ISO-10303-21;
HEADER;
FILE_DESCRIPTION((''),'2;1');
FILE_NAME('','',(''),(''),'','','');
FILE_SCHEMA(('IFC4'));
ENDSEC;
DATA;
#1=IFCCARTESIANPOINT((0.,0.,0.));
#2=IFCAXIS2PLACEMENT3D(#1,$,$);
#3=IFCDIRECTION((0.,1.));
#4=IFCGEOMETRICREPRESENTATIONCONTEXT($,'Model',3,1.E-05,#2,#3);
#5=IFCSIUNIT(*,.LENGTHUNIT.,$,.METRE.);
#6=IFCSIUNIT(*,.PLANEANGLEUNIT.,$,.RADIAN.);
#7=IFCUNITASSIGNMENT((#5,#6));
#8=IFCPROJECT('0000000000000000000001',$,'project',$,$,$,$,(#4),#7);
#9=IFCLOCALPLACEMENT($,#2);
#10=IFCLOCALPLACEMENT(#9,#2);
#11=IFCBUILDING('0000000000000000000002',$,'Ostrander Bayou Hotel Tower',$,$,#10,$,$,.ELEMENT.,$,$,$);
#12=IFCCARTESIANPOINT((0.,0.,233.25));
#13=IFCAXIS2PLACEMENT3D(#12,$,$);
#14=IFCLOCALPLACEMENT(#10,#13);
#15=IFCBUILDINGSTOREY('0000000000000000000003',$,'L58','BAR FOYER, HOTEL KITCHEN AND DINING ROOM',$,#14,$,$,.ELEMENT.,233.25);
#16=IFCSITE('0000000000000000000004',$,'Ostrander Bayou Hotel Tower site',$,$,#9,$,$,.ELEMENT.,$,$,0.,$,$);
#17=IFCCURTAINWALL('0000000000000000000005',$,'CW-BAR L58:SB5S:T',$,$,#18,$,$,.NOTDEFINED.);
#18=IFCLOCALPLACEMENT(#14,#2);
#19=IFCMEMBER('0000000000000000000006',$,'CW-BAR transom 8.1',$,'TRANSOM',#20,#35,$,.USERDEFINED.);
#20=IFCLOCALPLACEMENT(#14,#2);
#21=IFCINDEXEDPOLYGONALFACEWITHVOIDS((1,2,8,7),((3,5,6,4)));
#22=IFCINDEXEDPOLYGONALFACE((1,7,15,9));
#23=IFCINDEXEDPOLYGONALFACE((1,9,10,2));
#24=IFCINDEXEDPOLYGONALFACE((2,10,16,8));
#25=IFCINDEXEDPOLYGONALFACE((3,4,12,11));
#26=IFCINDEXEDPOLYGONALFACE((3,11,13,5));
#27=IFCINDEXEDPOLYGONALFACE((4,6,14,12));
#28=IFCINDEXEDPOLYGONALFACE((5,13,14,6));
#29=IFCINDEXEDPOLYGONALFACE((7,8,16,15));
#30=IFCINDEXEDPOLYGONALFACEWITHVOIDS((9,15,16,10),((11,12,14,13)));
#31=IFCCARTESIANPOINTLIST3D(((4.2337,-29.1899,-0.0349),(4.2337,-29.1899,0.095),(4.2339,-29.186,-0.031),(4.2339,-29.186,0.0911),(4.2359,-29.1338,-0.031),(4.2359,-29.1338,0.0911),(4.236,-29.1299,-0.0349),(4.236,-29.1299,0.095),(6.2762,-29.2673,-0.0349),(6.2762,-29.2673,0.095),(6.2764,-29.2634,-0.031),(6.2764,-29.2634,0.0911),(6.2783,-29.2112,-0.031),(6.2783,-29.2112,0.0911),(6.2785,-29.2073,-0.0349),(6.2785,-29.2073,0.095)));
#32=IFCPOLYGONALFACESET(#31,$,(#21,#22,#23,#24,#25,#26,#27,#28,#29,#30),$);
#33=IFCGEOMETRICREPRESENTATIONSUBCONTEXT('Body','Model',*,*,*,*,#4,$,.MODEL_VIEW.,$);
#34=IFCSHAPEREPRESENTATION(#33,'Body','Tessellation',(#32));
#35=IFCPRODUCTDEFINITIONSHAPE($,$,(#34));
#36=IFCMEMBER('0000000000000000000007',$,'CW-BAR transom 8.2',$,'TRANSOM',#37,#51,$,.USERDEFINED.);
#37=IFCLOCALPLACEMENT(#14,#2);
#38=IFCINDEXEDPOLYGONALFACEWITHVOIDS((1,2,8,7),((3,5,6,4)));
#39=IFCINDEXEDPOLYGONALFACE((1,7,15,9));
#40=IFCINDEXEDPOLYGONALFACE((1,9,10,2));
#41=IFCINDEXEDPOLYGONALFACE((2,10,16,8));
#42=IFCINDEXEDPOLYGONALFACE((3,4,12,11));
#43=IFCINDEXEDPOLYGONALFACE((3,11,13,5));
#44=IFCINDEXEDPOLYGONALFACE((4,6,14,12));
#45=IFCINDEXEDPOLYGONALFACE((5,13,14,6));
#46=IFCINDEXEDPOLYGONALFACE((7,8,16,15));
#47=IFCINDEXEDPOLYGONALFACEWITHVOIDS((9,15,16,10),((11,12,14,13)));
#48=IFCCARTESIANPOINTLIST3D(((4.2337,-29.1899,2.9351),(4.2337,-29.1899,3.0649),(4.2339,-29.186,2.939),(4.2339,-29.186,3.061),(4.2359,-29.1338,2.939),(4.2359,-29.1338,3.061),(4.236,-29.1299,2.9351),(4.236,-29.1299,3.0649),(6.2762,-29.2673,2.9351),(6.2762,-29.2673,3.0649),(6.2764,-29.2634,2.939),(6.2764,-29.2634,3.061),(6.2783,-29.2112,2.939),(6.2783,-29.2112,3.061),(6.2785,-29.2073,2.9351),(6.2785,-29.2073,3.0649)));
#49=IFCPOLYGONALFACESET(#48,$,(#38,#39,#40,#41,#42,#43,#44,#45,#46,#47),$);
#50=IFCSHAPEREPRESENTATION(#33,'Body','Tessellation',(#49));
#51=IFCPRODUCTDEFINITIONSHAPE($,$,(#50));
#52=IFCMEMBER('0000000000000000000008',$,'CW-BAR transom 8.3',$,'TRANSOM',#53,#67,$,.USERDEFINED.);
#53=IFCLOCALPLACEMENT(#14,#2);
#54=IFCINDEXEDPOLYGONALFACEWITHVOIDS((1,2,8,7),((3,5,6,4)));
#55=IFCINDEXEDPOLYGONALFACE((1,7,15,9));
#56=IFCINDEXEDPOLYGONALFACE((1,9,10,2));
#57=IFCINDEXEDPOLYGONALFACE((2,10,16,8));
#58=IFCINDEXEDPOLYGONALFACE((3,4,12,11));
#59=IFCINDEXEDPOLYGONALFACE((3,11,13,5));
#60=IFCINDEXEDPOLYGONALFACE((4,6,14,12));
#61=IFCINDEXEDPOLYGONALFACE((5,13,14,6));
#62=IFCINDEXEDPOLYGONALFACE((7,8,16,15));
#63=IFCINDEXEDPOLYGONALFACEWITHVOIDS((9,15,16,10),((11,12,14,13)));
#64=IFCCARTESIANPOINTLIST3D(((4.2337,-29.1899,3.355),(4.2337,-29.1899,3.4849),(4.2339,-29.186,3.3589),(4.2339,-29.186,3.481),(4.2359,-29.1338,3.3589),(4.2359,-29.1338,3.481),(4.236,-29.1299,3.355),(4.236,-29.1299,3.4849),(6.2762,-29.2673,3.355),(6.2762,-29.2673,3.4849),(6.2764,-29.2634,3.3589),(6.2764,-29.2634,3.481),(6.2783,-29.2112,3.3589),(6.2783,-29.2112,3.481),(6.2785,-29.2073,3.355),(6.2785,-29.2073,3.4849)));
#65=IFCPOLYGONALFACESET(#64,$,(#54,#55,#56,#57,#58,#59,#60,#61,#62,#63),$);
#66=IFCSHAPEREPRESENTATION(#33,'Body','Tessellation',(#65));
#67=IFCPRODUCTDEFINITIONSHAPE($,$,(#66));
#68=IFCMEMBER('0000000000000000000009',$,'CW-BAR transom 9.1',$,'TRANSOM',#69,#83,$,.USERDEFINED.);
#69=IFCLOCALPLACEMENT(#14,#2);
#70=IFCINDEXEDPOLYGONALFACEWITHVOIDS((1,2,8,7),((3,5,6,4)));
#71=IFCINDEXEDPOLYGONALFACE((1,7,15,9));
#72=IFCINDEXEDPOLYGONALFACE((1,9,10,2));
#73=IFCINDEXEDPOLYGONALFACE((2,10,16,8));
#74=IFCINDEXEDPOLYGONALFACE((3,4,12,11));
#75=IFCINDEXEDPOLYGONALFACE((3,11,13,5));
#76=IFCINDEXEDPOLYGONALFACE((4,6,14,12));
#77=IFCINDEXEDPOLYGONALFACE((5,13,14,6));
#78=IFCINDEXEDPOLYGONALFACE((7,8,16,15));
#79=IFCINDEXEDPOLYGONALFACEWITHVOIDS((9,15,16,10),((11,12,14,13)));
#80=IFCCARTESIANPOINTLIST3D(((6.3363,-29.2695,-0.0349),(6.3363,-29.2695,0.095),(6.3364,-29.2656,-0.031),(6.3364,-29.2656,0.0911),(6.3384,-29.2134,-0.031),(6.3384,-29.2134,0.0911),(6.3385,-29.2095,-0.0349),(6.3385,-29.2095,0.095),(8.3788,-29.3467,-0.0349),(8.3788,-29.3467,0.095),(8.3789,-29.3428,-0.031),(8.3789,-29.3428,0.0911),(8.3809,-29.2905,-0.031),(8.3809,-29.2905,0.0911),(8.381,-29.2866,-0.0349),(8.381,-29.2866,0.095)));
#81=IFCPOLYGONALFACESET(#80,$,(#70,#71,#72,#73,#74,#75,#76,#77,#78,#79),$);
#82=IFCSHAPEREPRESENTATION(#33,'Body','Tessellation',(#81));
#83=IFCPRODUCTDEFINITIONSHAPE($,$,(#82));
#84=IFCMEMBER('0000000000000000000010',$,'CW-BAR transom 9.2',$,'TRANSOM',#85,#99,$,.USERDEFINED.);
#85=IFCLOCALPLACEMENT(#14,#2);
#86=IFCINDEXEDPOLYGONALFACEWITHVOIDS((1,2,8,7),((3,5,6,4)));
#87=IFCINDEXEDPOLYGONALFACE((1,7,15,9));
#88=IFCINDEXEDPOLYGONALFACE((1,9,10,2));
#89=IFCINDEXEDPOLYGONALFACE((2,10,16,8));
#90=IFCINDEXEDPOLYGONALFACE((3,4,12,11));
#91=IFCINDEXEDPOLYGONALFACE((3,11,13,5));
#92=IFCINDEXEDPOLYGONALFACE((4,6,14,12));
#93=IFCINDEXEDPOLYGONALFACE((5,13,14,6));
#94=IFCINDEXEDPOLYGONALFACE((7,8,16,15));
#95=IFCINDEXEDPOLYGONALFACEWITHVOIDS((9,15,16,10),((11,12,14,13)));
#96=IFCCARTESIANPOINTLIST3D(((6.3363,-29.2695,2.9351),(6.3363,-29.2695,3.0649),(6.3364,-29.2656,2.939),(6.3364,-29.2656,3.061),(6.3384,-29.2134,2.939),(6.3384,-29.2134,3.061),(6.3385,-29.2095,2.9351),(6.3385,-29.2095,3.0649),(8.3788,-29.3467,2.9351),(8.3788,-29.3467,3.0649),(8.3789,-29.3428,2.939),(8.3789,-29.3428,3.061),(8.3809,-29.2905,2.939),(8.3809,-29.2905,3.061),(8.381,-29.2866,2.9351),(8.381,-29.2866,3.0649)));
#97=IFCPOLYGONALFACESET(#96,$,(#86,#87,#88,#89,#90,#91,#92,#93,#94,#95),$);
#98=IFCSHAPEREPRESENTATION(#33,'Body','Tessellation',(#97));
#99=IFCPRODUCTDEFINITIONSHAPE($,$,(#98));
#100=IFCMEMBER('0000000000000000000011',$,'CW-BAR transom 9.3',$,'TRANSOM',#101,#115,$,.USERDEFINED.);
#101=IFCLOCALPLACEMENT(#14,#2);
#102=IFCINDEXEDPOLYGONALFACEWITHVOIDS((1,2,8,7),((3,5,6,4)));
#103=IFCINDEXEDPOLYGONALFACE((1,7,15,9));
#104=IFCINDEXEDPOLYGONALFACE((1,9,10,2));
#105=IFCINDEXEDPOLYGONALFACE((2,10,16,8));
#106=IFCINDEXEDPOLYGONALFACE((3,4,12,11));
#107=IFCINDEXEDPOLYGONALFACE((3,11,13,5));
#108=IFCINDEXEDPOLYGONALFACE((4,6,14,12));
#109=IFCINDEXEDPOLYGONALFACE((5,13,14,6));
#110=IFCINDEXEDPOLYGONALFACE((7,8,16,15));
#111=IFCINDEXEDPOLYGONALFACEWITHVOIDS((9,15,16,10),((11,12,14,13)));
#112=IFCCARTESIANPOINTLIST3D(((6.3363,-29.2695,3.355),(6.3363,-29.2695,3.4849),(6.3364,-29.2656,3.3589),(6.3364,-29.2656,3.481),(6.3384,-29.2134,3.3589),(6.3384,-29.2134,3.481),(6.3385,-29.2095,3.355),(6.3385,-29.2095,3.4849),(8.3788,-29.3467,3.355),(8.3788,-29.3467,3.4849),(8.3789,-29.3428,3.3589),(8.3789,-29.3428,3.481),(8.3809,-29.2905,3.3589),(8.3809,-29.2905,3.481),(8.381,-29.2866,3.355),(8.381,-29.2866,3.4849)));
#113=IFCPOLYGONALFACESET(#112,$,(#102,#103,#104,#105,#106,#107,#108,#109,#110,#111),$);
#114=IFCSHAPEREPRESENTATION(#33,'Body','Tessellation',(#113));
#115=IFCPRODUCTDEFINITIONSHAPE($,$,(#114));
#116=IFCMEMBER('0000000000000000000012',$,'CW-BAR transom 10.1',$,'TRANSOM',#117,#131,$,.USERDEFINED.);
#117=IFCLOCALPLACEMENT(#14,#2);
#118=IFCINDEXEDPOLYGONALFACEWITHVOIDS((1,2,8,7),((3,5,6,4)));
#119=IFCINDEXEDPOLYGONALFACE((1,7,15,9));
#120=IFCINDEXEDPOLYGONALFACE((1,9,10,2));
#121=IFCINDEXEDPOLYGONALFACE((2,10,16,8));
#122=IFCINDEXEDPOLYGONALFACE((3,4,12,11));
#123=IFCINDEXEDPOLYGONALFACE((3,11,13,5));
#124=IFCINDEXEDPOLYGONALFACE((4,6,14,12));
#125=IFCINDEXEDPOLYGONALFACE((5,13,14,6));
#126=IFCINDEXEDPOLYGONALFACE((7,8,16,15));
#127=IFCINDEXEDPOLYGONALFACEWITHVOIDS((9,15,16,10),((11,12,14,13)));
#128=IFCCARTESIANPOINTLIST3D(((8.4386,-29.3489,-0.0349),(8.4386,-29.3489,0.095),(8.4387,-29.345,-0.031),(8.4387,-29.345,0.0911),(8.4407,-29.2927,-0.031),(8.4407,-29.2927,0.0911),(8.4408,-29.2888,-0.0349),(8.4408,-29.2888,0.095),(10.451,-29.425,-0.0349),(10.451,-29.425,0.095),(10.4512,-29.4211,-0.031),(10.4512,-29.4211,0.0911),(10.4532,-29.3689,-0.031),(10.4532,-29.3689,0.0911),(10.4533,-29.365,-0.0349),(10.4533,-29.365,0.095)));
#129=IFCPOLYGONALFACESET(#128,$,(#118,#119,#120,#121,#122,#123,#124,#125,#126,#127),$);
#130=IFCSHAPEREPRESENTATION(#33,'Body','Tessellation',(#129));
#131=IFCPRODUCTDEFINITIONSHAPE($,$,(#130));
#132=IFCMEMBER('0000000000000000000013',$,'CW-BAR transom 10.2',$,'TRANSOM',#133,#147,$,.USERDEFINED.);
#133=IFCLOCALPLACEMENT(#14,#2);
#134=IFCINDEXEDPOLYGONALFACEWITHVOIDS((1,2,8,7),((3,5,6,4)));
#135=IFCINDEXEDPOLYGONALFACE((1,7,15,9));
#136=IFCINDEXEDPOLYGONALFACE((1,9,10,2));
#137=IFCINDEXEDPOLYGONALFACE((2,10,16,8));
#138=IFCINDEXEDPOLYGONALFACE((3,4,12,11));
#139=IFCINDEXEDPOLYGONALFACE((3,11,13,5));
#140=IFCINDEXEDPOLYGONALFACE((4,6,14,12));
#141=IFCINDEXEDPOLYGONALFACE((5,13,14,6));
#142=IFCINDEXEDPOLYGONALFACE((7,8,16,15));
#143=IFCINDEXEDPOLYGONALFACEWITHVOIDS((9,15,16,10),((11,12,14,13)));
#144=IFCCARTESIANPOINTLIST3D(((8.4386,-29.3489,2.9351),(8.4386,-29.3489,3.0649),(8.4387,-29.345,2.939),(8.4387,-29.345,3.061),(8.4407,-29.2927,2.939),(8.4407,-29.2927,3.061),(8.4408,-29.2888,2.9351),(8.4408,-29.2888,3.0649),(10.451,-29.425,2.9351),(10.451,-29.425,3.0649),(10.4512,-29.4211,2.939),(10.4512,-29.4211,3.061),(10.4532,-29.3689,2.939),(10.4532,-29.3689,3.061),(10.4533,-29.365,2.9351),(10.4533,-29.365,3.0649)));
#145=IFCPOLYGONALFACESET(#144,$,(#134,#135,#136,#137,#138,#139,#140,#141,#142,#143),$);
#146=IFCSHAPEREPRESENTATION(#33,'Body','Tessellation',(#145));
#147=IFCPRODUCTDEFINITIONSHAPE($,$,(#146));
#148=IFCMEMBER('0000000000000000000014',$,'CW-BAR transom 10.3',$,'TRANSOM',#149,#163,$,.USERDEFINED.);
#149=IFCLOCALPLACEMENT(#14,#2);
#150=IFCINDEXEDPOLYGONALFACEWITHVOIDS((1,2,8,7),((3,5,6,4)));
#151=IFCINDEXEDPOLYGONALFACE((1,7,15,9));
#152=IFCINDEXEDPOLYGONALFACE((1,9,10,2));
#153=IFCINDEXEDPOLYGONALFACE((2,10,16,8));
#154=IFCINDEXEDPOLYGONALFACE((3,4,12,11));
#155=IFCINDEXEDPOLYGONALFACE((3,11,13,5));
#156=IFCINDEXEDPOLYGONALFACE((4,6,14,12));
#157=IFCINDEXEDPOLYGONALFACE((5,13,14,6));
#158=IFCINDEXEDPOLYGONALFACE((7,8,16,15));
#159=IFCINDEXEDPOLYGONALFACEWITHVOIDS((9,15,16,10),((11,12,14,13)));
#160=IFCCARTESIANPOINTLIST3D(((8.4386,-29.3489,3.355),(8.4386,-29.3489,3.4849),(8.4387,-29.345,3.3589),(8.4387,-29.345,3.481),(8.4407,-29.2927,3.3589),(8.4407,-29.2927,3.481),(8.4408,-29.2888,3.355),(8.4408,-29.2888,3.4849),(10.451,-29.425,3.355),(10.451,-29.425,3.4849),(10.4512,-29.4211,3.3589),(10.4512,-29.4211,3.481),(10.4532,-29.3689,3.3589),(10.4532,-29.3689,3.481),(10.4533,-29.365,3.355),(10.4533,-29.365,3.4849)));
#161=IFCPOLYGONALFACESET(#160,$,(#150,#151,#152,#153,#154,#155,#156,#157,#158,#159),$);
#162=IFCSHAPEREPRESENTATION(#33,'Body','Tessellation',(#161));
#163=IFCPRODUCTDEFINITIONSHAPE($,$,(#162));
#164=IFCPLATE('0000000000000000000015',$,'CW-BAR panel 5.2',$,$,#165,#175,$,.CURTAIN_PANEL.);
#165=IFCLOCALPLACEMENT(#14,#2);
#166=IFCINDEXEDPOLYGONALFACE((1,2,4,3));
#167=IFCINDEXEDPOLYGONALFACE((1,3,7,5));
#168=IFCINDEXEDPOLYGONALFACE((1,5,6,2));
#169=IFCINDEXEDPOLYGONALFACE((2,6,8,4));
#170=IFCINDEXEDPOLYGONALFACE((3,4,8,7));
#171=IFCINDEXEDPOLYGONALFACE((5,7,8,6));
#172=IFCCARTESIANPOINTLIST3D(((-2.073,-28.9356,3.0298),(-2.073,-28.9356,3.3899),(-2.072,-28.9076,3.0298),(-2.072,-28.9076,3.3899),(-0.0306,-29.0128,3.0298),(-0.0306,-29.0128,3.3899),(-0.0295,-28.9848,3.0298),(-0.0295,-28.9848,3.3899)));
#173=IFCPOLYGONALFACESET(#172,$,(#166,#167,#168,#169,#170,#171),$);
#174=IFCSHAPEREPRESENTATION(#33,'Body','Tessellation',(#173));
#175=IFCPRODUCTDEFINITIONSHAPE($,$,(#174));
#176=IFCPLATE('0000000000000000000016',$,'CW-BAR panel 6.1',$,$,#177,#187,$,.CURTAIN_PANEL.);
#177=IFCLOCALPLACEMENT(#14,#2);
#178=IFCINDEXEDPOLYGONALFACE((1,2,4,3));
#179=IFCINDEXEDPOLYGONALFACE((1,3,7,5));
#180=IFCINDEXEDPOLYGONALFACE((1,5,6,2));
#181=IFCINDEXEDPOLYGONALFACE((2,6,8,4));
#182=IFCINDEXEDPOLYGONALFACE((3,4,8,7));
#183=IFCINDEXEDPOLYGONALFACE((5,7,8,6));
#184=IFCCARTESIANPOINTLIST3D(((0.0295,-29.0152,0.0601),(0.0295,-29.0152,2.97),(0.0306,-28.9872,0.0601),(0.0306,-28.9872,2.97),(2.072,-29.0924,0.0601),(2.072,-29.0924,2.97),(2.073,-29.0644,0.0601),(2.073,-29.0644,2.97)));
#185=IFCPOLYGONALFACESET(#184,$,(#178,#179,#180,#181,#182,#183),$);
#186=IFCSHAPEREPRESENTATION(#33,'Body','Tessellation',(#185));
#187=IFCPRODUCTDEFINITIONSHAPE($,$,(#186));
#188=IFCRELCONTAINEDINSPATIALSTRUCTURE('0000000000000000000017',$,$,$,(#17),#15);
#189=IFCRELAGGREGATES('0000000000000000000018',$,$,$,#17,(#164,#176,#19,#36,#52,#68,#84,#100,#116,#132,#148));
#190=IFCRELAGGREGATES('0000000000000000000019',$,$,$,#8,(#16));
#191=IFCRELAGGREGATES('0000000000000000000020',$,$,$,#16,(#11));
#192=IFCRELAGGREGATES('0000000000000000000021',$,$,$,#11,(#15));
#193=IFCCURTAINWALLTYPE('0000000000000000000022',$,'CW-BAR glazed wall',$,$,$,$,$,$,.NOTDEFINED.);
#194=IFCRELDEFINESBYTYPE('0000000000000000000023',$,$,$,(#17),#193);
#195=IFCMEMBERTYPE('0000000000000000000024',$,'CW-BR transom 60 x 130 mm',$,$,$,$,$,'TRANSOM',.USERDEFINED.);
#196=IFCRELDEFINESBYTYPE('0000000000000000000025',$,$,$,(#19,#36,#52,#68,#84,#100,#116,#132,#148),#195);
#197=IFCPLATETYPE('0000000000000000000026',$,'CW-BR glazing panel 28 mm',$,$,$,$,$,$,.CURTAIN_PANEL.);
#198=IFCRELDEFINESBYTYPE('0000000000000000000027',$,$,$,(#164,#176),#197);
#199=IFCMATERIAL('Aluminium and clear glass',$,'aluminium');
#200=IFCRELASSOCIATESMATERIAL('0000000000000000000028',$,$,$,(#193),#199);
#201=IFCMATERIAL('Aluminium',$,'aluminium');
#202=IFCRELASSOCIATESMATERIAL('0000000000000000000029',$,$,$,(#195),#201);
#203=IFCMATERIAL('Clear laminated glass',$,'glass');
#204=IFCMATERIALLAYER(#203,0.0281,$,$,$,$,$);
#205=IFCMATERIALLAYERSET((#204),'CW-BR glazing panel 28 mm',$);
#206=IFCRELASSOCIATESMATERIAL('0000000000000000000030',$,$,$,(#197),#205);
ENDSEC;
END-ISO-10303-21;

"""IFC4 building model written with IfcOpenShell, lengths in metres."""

from ifc_helpers import new_model, si_unit, direction, frame, origin, origin_2d, place, context, subcontext, project, spatial, rectangle, hollow_rectangle, extrude, material, layer, layer_set, material_profile, profile_set, type_object, element, aggregate, save


model = new_model("IFC4")

# Units and contexts
model_context = context("Model", 3, precision=1e-05, world=origin(), true_north=direction((0.0, 1.0)))
body_context = subcontext(model_context, "Body", "Model", "MODEL_VIEW")
ifc_project = project(units=[si_unit("LENGTHUNIT", "METRE"), si_unit("PLANEANGLEUNIT", "RADIAN")], contexts=[model_context])

# Site, building, storey
site_placement = place(None, origin())
site = spatial("IfcSite", under=ifc_project, at=site_placement, Name="Ostrander Bayou Hotel Tower site", CompositionType="ELEMENT", RefElevation=0.0)
building_placement = place(site_placement, origin())
building = spatial("IfcBuilding", under=site, at=building_placement, Name="Ostrander Bayou Hotel Tower", CompositionType="ELEMENT")
storey_placement = place(building_placement, frame((0.0, 0.0, 233.25)))
storey = spatial("IfcBuildingStorey", under=building, at=storey_placement, Name="L58", Description="BAR FOYER, HOTEL KITCHEN AND DINING ROOM", CompositionType="ELEMENT", Elevation=233.25)

# Curtain wall, members, plates
ifc_material_1 = material(Name="Aluminium and clear glass", Category="aluminium")
curtain_wall_type = type_object("IfcCurtainWallType", Name="CW-BAR glazed wall", PredefinedType="NOTDEFINED", material=ifc_material_1)
curtain_wall_placement = place(storey_placement, origin())
curtain_wall = element("IfcCurtainWall", 1, at=curtain_wall_placement, inside=storey, type_object=curtain_wall_type, Name="CW-BAR L58:SB5S:T", PredefinedType="NOTDEFINED")
ifc_material_2 = material(Name="Aluminium", Category="aluminium")
ifc_material_profile_1 = material_profile(ifc_material_2, hollow_rectangle(XDim=0.0601, YDim=0.1299, WallThickness=0.0039, at=origin_2d()))
ifc_profile_set_1 = profile_set([ifc_material_profile_1], Name="Aluminium")
member_type_1 = type_object("IfcMemberType", Name="CW-BR transom 60 x 130 mm", ElementType="TRANSOM", PredefinedType="USERDEFINED", material=ifc_profile_set_1)
member_1_placement = place(storey_placement, frame((4.2349, -29.1599, 0.03), z_axis=(0.999283, -0.037864, 0.0), x_axis=(0.037864, 0.999283, 0.0)))
member_1 = element("IfcMember", 2, at=member_1_placement, type_object=member_type_1, Name="CW-BAR transom 8.1", ObjectType="TRANSOM", PredefinedType="USERDEFINED", context=body_context, shape_type="SweptSolid", body=[
    extrude(hollow_rectangle(XDim=0.0601, YDim=0.1299, WallThickness=0.0039, at=origin_2d()), origin(), (0.0, 0.0, 1.0), 2.0439),
])
member_2_placement = place(storey_placement, frame((4.2349, -29.1599, 3.0), z_axis=(0.999283, -0.037864, 0.0), x_axis=(0.037864, 0.999283, 0.0)))
member_2 = element("IfcMember", 3, at=member_2_placement, type_object=member_type_1, Name="CW-BAR transom 8.2", ObjectType="TRANSOM", PredefinedType="USERDEFINED", context=body_context, shape_type="SweptSolid", body=[
    extrude(hollow_rectangle(XDim=0.0601, YDim=0.1299, WallThickness=0.0039, at=origin_2d()), origin(), (0.0, 0.0, 1.0), 2.0439),
])
member_3_placement = place(storey_placement, frame((4.2349, -29.1599, 3.4199), z_axis=(0.999283, -0.037864, 0.0), x_axis=(0.037864, 0.999283, 0.0)))
member_3 = element("IfcMember", 4, at=member_3_placement, type_object=member_type_1, Name="CW-BAR transom 8.3", ObjectType="TRANSOM", PredefinedType="USERDEFINED", context=body_context, shape_type="SweptSolid", body=[
    extrude(hollow_rectangle(XDim=0.0601, YDim=0.1299, WallThickness=0.0039, at=origin_2d()), origin(), (0.0, 0.0, 1.0), 2.0439),
])
member_4_placement = place(storey_placement, frame((6.3374, -29.2395, 0.03), z_axis=(0.999287, -0.037745, 0.0), x_axis=(0.037745, 0.999287, 0.0)))
member_4 = element("IfcMember", 5, at=member_4_placement, type_object=member_type_1, Name="CW-BAR transom 9.1", ObjectType="TRANSOM", PredefinedType="USERDEFINED", context=body_context, shape_type="SweptSolid", body=[
    extrude(hollow_rectangle(XDim=0.0601, YDim=0.1299, WallThickness=0.0039, at=origin_2d()), origin(), (0.0, 0.0, 1.0), 2.0439),
])
member_5_placement = place(storey_placement, frame((6.3374, -29.2395, 3.0), z_axis=(0.999287, -0.037745, 0.0), x_axis=(0.037745, 0.999287, 0.0)))
member_5 = element("IfcMember", 6, at=member_5_placement, type_object=member_type_1, Name="CW-BAR transom 9.2", ObjectType="TRANSOM", PredefinedType="USERDEFINED", context=body_context, shape_type="SweptSolid", body=[
    extrude(hollow_rectangle(XDim=0.0601, YDim=0.1299, WallThickness=0.0039, at=origin_2d()), origin(), (0.0, 0.0, 1.0), 2.0439),
])
member_6_placement = place(storey_placement, frame((6.3374, -29.2395, 3.4199), z_axis=(0.999287, -0.037745, 0.0), x_axis=(0.037745, 0.999287, 0.0)))
member_6 = element("IfcMember", 7, at=member_6_placement, type_object=member_type_1, Name="CW-BAR transom 9.3", ObjectType="TRANSOM", PredefinedType="USERDEFINED", context=body_context, shape_type="SweptSolid", body=[
    extrude(hollow_rectangle(XDim=0.0601, YDim=0.1299, WallThickness=0.0039, at=origin_2d()), origin(), (0.0, 0.0, 1.0), 2.0439),
])
member_7_placement = place(storey_placement, frame((8.4397, -29.3188, 0.03), z_axis=(0.999284, -0.037823, 0.0), x_axis=(0.037823, 0.999284, 0.0)))
member_7 = element("IfcMember", 8, at=member_7_placement, type_object=member_type_1, Name="CW-BAR transom 10.1", ObjectType="TRANSOM", PredefinedType="USERDEFINED", context=body_context, shape_type="SweptSolid", body=[
    extrude(hollow_rectangle(XDim=0.0601, YDim=0.1299, WallThickness=0.0039, at=origin_2d()), origin(), (0.0, 0.0, 1.0), 2.0139),
])
member_8_placement = place(storey_placement, frame((8.4397, -29.3188, 3.0), z_axis=(0.999284, -0.037823, 0.0), x_axis=(0.037823, 0.999284, 0.0)))
member_8 = element("IfcMember", 9, at=member_8_placement, type_object=member_type_1, Name="CW-BAR transom 10.2", ObjectType="TRANSOM", PredefinedType="USERDEFINED", context=body_context, shape_type="SweptSolid", body=[
    extrude(hollow_rectangle(XDim=0.0601, YDim=0.1299, WallThickness=0.0039, at=origin_2d()), origin(), (0.0, 0.0, 1.0), 2.0139),
])
member_9_placement = place(storey_placement, frame((8.4397, -29.3188, 3.4199), z_axis=(0.999284, -0.037823, 0.0), x_axis=(0.037823, 0.999284, 0.0)))
member_9 = element("IfcMember", 10, at=member_9_placement, type_object=member_type_1, Name="CW-BAR transom 10.3", ObjectType="TRANSOM", PredefinedType="USERDEFINED", context=body_context, shape_type="SweptSolid", body=[
    extrude(hollow_rectangle(XDim=0.0601, YDim=0.1299, WallThickness=0.0039, at=origin_2d()), origin(), (0.0, 0.0, 1.0), 2.0139),
])
ifc_material_3 = material(Name="Clear laminated glass", Category="glass")
ifc_layer_1 = layer(ifc_material_3, 0.0281)
ifc_layer_set_1 = layer_set([ifc_layer_1], Name="CW-BR glazing panel 28 mm")
plate_type = type_object("IfcPlateType", Name="CW-BR glazing panel 28 mm", PredefinedType="CURTAIN_PANEL", material=ifc_layer_set_1)
plate_1_placement = place(storey_placement, frame((-1.0513, -28.9602, 3.0298), z_axis=(0.0, 0.0, 1.0), x_axis=(0.999287, -0.037758, 0.0)))
plate_1 = element("IfcPlate", 11, at=plate_1_placement, type_object=plate_type, Name="CW-BAR panel 5.2", PredefinedType="CURTAIN_PANEL", context=body_context, shape_type="SweptSolid", body=[
    extrude(rectangle(XDim=2.0439, YDim=0.0281, at=origin_2d()), origin(), (0.0, 0.0, 1.0), 0.3601),
])
plate_2_placement = place(storey_placement, frame((1.0513, -29.0398, 0.0601), z_axis=(0.0, 0.0, 1.0), x_axis=(0.999287, -0.037758, 0.0)))
plate_2 = element("IfcPlate", 12, at=plate_2_placement, type_object=plate_type, Name="CW-BAR panel 6.1", PredefinedType="CURTAIN_PANEL", context=body_context, shape_type="SweptSolid", body=[
    extrude(rectangle(XDim=2.0439, YDim=0.0281, at=origin_2d()), origin(), (0.0, 0.0, 1.0), 2.9099),
])
aggregate(curtain_wall, [plate_1, plate_2, member_1, member_2, member_3, member_4, member_5, member_6, member_7, member_8, member_9])

save(model, "model.ifc")
